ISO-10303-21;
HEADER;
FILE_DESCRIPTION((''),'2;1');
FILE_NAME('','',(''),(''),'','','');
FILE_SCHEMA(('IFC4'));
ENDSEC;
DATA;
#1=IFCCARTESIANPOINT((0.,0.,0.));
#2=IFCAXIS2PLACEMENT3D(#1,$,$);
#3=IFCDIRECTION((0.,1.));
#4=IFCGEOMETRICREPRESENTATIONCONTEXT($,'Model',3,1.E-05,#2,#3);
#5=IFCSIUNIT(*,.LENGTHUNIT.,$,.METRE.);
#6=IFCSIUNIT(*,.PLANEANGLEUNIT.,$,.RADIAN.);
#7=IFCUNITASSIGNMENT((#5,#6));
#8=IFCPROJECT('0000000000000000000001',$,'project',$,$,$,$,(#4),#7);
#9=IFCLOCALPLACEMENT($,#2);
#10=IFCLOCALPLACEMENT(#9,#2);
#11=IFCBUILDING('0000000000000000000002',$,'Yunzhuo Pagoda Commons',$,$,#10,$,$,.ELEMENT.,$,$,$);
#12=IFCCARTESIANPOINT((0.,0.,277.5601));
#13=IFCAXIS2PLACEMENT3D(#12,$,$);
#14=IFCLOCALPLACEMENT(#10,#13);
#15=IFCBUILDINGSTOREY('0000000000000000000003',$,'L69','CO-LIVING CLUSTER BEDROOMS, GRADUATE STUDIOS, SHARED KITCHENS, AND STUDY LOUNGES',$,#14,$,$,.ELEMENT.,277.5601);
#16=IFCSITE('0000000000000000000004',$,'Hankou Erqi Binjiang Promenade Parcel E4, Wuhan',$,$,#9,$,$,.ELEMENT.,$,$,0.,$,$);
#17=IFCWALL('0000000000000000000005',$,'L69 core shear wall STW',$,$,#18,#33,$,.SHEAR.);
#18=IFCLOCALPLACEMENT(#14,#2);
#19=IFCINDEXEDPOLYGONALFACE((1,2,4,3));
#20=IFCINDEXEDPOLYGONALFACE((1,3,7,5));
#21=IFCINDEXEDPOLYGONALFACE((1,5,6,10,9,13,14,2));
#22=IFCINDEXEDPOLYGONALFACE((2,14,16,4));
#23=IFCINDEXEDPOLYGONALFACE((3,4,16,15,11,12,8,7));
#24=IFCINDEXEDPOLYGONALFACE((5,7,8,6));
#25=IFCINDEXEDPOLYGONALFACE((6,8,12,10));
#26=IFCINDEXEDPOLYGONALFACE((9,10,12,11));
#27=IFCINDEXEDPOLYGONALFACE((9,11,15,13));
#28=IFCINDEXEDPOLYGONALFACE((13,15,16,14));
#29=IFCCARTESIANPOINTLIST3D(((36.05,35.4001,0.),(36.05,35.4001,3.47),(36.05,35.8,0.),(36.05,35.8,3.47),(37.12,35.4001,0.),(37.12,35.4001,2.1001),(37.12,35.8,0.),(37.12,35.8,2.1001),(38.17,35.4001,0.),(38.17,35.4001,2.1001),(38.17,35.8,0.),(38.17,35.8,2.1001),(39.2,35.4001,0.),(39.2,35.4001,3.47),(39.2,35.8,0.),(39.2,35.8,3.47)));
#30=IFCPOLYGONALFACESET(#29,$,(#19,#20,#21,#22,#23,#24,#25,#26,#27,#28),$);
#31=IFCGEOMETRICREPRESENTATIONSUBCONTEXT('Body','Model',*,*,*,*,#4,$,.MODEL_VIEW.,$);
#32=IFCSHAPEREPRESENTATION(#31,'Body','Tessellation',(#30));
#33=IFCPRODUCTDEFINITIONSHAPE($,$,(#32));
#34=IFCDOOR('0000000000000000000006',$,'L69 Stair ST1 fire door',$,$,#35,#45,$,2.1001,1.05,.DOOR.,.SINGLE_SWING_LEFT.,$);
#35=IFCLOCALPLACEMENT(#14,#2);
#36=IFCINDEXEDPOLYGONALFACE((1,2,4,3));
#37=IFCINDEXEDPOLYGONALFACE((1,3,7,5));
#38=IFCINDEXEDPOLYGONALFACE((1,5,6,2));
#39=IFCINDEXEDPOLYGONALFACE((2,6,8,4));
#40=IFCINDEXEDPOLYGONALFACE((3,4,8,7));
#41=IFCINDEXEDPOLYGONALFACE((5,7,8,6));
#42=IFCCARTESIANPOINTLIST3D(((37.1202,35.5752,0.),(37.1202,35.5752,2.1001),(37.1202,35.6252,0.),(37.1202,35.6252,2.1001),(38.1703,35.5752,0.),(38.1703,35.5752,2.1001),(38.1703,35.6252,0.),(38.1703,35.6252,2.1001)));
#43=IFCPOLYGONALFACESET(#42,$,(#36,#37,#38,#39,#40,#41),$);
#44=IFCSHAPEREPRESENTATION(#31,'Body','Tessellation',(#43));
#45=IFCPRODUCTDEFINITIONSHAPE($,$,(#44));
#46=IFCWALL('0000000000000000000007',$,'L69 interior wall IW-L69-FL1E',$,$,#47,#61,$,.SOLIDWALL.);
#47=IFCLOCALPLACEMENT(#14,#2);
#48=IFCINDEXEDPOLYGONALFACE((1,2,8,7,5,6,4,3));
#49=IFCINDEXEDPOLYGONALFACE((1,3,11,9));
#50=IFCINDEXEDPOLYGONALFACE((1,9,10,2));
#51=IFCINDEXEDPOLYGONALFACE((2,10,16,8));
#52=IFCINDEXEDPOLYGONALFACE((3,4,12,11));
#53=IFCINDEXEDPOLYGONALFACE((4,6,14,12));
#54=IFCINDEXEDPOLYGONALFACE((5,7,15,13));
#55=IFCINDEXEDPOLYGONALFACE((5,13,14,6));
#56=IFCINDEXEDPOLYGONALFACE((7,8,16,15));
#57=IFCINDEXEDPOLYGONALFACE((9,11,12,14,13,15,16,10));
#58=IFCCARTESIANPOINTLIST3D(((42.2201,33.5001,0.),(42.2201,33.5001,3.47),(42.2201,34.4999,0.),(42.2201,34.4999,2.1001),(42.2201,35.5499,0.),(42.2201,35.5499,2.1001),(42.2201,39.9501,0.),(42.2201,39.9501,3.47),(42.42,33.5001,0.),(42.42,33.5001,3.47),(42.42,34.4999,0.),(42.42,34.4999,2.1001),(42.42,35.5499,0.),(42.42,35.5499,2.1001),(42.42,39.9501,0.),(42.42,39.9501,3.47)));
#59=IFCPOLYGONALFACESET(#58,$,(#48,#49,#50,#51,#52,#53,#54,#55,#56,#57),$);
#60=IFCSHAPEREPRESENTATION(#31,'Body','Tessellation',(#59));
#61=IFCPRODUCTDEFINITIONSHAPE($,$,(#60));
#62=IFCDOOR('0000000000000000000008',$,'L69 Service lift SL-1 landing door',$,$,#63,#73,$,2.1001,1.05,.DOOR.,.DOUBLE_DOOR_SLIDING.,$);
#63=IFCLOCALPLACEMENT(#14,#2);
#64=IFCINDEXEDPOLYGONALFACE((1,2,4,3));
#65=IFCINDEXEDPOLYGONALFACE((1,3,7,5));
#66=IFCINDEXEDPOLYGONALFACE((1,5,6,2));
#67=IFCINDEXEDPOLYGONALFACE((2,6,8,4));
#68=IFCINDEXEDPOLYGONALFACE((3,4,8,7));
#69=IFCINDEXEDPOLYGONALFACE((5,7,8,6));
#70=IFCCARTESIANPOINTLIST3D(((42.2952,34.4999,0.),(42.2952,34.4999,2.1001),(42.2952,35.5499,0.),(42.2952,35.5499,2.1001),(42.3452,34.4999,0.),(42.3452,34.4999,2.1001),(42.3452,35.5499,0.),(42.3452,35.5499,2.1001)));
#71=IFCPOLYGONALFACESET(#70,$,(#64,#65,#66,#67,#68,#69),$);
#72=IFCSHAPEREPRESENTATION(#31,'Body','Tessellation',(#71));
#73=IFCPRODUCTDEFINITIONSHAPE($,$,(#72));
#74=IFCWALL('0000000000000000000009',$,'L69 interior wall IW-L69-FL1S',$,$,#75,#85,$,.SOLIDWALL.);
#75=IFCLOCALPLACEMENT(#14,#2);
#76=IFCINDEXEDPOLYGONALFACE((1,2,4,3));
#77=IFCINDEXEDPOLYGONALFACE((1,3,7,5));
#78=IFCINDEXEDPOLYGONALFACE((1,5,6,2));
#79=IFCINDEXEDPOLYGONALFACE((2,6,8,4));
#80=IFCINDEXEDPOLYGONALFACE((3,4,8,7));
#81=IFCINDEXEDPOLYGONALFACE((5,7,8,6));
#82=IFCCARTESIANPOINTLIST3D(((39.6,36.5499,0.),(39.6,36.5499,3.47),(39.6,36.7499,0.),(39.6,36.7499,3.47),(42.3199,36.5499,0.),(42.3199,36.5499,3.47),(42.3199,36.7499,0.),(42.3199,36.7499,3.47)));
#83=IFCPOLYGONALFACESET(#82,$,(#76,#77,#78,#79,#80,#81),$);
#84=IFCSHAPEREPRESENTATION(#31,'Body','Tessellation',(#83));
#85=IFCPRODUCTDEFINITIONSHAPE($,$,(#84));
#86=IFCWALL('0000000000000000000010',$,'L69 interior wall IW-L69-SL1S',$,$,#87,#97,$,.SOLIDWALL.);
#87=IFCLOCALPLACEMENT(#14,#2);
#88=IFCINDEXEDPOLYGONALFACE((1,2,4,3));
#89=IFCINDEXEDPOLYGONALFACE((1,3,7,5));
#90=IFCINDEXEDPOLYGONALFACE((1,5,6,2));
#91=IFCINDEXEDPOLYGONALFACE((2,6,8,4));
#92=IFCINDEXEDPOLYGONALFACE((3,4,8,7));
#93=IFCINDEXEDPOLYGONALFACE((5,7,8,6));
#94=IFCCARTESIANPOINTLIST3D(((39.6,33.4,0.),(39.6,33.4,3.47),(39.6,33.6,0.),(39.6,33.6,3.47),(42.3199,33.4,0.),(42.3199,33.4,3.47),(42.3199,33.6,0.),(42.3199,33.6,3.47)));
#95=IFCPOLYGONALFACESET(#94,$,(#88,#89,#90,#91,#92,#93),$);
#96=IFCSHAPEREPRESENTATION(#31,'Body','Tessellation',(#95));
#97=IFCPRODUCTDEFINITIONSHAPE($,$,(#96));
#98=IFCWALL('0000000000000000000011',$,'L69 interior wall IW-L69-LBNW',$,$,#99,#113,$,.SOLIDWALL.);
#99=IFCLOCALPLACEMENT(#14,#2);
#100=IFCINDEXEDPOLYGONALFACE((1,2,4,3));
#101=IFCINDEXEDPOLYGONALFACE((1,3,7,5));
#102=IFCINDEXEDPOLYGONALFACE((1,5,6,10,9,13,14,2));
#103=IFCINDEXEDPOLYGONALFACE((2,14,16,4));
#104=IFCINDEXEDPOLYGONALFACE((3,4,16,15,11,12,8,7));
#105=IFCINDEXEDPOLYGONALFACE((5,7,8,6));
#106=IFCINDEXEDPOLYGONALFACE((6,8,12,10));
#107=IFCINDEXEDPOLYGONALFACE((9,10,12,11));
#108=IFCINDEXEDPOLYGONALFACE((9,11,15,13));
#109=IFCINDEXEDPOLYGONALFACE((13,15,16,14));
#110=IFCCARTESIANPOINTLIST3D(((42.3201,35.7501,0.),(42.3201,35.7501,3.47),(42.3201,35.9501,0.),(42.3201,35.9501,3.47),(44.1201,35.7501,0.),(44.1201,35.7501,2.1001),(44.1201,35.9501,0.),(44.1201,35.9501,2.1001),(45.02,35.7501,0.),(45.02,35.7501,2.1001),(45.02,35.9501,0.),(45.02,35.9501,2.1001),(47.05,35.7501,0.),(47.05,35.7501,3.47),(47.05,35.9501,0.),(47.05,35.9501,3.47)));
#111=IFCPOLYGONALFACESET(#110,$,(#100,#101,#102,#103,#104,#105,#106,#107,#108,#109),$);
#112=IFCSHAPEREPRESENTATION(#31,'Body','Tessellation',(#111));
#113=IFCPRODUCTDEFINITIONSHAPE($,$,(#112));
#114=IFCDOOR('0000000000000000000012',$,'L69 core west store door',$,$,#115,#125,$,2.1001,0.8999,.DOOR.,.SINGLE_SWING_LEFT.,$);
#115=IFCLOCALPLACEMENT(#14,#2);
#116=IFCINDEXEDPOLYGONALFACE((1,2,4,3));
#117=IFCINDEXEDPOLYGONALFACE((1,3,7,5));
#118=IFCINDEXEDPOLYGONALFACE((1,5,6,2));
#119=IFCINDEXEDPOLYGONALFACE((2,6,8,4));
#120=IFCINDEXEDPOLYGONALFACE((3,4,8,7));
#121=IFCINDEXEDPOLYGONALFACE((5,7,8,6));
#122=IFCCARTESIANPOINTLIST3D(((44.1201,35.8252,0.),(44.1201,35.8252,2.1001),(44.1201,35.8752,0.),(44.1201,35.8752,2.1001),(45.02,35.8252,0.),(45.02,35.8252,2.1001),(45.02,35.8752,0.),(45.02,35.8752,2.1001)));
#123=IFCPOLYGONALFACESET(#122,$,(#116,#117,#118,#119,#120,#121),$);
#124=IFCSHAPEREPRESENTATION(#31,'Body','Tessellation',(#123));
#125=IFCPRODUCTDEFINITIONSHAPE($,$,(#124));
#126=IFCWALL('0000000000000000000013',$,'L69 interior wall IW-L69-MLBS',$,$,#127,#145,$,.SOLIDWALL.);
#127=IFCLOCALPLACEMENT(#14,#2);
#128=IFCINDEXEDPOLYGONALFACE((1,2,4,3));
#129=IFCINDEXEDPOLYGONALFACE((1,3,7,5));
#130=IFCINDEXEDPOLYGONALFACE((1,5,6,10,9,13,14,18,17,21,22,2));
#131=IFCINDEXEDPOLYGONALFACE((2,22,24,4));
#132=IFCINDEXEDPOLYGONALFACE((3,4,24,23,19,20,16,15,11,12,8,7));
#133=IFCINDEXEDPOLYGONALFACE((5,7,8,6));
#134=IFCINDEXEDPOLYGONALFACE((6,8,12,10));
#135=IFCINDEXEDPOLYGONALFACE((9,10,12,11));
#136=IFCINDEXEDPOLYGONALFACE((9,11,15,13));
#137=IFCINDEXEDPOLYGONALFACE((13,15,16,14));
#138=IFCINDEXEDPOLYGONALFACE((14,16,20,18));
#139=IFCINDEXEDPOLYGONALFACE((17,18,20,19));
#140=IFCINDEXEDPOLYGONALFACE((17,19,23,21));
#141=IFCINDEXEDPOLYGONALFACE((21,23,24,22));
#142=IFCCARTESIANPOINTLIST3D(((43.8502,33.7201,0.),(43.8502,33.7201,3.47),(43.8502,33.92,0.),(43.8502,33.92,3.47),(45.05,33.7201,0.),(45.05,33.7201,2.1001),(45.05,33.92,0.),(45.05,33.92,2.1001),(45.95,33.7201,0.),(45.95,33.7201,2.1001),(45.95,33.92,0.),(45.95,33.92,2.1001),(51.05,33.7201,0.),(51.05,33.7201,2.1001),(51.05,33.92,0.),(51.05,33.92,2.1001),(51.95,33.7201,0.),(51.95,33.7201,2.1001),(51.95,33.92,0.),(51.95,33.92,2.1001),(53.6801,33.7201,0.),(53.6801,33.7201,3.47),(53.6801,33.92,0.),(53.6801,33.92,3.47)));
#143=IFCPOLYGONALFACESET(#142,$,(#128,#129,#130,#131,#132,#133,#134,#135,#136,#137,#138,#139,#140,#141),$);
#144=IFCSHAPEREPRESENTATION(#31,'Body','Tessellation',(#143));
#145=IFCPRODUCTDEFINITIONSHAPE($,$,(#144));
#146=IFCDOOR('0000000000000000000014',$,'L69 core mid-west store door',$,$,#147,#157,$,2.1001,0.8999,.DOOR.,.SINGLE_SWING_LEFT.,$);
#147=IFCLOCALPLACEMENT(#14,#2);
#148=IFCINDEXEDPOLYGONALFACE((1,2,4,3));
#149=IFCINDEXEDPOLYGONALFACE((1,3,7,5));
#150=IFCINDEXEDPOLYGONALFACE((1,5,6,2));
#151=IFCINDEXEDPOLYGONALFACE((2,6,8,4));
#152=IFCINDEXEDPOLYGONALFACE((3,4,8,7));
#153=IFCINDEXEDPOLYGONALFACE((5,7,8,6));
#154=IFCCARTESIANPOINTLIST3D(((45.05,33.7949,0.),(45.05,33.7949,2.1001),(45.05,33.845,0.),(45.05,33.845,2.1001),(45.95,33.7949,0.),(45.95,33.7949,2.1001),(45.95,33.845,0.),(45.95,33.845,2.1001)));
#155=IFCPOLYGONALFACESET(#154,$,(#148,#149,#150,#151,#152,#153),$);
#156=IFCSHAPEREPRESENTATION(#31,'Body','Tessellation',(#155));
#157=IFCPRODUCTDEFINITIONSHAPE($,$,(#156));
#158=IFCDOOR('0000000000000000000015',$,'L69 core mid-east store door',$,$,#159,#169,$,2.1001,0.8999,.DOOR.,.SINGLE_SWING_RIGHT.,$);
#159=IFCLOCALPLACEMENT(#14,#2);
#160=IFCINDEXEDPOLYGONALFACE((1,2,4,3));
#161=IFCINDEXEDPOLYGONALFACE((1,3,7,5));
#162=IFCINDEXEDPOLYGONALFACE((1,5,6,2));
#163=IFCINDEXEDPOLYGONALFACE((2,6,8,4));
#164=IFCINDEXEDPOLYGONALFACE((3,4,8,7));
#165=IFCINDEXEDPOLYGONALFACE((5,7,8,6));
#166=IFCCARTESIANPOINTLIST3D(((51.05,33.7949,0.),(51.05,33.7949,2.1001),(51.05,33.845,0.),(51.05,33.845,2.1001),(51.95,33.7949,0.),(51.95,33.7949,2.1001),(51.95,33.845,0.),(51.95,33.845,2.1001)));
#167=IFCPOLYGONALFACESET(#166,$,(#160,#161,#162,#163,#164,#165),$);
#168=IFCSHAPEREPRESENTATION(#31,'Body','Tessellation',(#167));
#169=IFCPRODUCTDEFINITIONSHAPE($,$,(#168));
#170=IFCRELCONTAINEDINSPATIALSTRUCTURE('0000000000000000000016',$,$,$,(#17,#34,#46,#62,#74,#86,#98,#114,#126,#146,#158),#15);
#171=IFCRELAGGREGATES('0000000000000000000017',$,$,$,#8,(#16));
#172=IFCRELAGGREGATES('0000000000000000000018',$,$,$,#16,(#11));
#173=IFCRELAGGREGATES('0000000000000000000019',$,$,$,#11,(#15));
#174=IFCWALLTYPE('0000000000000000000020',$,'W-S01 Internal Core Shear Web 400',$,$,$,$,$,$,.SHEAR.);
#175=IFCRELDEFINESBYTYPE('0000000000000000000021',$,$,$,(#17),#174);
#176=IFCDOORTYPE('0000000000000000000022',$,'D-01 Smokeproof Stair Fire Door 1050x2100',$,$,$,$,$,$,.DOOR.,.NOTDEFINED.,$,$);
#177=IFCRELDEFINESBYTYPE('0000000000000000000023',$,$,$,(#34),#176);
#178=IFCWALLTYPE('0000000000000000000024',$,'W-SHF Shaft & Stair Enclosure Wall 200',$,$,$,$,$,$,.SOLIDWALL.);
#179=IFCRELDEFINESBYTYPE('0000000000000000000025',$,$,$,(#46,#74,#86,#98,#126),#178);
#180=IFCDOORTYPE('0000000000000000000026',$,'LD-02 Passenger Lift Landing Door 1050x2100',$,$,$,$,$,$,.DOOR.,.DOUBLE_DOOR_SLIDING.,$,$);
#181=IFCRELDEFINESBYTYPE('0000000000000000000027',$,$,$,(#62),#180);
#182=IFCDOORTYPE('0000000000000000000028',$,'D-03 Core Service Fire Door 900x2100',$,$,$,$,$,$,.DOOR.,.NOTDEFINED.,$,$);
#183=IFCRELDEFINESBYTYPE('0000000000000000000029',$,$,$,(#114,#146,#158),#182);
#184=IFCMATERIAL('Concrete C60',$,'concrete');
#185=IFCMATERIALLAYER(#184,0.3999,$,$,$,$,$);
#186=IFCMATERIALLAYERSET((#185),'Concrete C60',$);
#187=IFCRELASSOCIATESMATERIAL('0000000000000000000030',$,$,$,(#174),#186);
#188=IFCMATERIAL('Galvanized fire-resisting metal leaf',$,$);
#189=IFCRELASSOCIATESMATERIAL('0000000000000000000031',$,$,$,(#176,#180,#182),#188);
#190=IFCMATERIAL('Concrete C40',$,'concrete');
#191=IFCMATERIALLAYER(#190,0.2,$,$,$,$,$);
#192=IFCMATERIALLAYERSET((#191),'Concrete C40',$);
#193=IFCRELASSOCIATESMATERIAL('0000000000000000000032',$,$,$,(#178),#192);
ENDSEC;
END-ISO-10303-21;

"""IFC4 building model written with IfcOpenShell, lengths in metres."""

from ifc_helpers import new_model, si_unit, direction, frame, frame_2d, origin, origin_with_axes, place, context, subcontext, project, spatial, rectangle, extrude, source, transform, mapped, material, layer, layer_set, type_object, element, fill, save


model = new_model("IFC4")

# Units and contexts
model_context = context("Model", 3, precision=1e-05, world=origin(), true_north=direction((0.0, 1.0)))
body_context = subcontext(model_context, "Body", "Model", "MODEL_VIEW")
ifc_project = project(units=[si_unit("LENGTHUNIT", "METRE"), si_unit("PLANEANGLEUNIT", "RADIAN")], contexts=[model_context])

# Site, building, storey
site_placement = place(None, origin())
site = spatial("IfcSite", under=ifc_project, at=site_placement, Name="Hankou Erqi Binjiang Promenade Parcel E4, Wuhan", CompositionType="ELEMENT", RefElevation=0.0)
building_placement = place(site_placement, origin())
building = spatial("IfcBuilding", under=site, at=building_placement, Name="Yunzhuo Pagoda Commons", CompositionType="ELEMENT")
storey_placement = place(building_placement, frame((0.0, 0.0, 277.5601)))
storey = spatial("IfcBuildingStorey", under=building, at=storey_placement, Name="L69", Description="CO-LIVING CLUSTER BEDROOMS, GRADUATE STUDIOS, SHARED KITCHENS, AND STUDY LOUNGES", CompositionType="ELEMENT", Elevation=277.5601)

# Shared definitions
ifc_material_1 = material(Name="Galvanized fire-resisting metal leaf")

# Walls, openings, doors
ifc_material_2 = material(Name="Concrete C60", Category="concrete")
ifc_layer_1 = layer(ifc_material_2, 0.3999)
ifc_layer_set_1 = layer_set([ifc_layer_1], Name="Concrete C60")
wall_type_1 = type_object("IfcWallType", Name="W-S01 Internal Core Shear Web 400", PredefinedType="SHEAR", material=ifc_layer_set_1)
wall_1_placement = place(storey_placement, frame((36.05, 35.6001, 0.0), z_axis=(0.0, 0.0, 1.0), x_axis=(1.0, 0.0, 0.0)))
wall_1 = element("IfcWall", 1, at=wall_1_placement, inside=storey, type_object=wall_type_1, Name="L69 core shear wall STW", PredefinedType="SHEAR", context=body_context, shape_type="SweptSolid", body=[
    extrude(rectangle(XDim=3.1499, YDim=0.3999, at=frame_2d((1.575, 0.0))), origin(), (0.0, 0.0, 1.0), 3.47),
])
opening_1_placement = place(wall_1_placement, frame((1.0701, 0.0, 0.0)))
opening_1 = element("IfcOpeningElement", 2, at=opening_1_placement, cuts=wall_1, PredefinedType="OPENING", context=body_context, shape_type="SweptSolid", body=[
    extrude(rectangle(XDim=1.05, YDim=2.1001, at=frame_2d((0.5249, 1.05))), frame((0.0, 0.21, 0.0), z_axis=(0.0, -1.0, 0.0), x_axis=(1.0, 0.0, 0.0)), (0.0, 0.0, 1.0), 0.4199),
])
door_type_1 = type_object("IfcDoorType", Name="D-01 Smokeproof Stair Fire Door 1050x2100", OperationType="NOTDEFINED", PredefinedType="DOOR", material=ifc_material_1)
shared_shape_1 = source(origin(), body_context, "Body", "SweptSolid", [
    extrude(rectangle(XDim=1.05, YDim=2.1001, at=frame_2d((0.5249, 1.05))), frame((0.0, 0.0249, 0.0), z_axis=(0.0, -1.0, 0.0), x_axis=(1.0, 0.0, 0.0)), (0.0, 0.0, 1.0), 0.05),
])
door_1_placement = place(opening_1_placement, frame((1.05, 0.0, 0.0), z_axis=(0.0, 0.0, 1.0), x_axis=(-1.0, 0.0, 0.0)))
door_1 = element("IfcDoor", 3, at=door_1_placement, inside=storey, type_object=door_type_1, Name="L69 Stair ST1 fire door", OperationType="SINGLE_SWING_LEFT", OverallHeight=2.1001, OverallWidth=1.05, PredefinedType="DOOR", context=body_context, shape_type="MappedRepresentation", body=[
    mapped(shared_shape_1, transform((0.0, 0.0, 0.0), scale=1.0)),
])
fill(opening_1, door_1)
ifc_material_3 = material(Name="Concrete C40", Category="concrete")
ifc_layer_2 = layer(ifc_material_3, 0.2)
ifc_layer_set_2 = layer_set([ifc_layer_2], Name="Concrete C40")
wall_type_2 = type_object("IfcWallType", Name="W-SHF Shaft & Stair Enclosure Wall 200", PredefinedType="SOLIDWALL", material=ifc_layer_set_2)
wall_2_placement = place(storey_placement, frame((42.3201, 33.5, 0.0), z_axis=(0.0, 0.0, 1.0), x_axis=(0.0, 1.0, 0.0)))
wall_2 = element("IfcWall", 4, at=wall_2_placement, inside=storey, type_object=wall_type_2, Name="L69 interior wall IW-L69-FL1E", PredefinedType="SOLIDWALL", context=body_context, shape_type="SweptSolid", body=[
    extrude(rectangle(XDim=6.45, YDim=0.2, at=frame_2d((3.2251, 0.0))), origin(), (0.0, 0.0, 1.0), 3.47),
])
opening_2_placement = place(wall_2_placement, frame((1.0, 0.0, 0.0)))
opening_2 = element("IfcOpeningElement", 5, at=opening_2_placement, cuts=wall_2, PredefinedType="OPENING", context=body_context, shape_type="SweptSolid", body=[
    extrude(rectangle(XDim=1.05, YDim=2.1001, at=frame_2d((0.5249, 1.05))), frame((0.0, 0.1099, 0.0), z_axis=(0.0, -1.0, 0.0), x_axis=(1.0, 0.0, 0.0)), (0.0, 0.0, 1.0), 0.22),
])
door_type_2 = type_object("IfcDoorType", Name="LD-02 Passenger Lift Landing Door 1050x2100", OperationType="DOUBLE_DOOR_SLIDING", PredefinedType="DOOR", material=ifc_material_1)
door_2_placement = place(opening_2_placement, origin_with_axes())
door_2 = element("IfcDoor", 6, at=door_2_placement, inside=storey, type_object=door_type_2, Name="L69 Service lift SL-1 landing door", OperationType="DOUBLE_DOOR_SLIDING", OverallHeight=2.1001, OverallWidth=1.05, PredefinedType="DOOR", context=body_context, shape_type="MappedRepresentation", body=[
    mapped(shared_shape_1, transform((0.0, 0.0, 0.0), scale=1.0)),
])
fill(opening_2, door_2)

# Walls
for number, where, z_axis, x_axis, name in (
    (7, (39.6001, 36.6499, 0.0), (0.0, 0.0, 1.0), (1.0, 0.0, 0.0), "L69 interior wall IW-L69-FL1S"),
    (8, (39.6001, 33.5, 0.0), (0.0, 0.0, 1.0), (1.0, 0.0, 0.0), "L69 interior wall IW-L69-SL1S"),
):
    element("IfcWall", number, at=place(storey_placement, frame(where, z_axis=z_axis, x_axis=x_axis)), inside=storey, type_object=wall_type_2, Name=name, PredefinedType="SOLIDWALL", context=body_context, shape_type="SweptSolid", body=[
        extrude(rectangle(XDim=2.72, YDim=0.2, at=frame_2d((1.3599, 0.0))), origin(), (0.0, 0.0, 1.0), 3.47),
    ])

# Wall, opening, door
wall_3_placement = place(storey_placement, frame((42.3201, 35.8501, 0.0), z_axis=(0.0, 0.0, 1.0), x_axis=(1.0, 0.0, 0.0)))
wall_3 = element("IfcWall", 9, at=wall_3_placement, inside=storey, type_object=wall_type_2, Name="L69 interior wall IW-L69-LBNW", PredefinedType="SOLIDWALL", context=body_context, shape_type="SweptSolid", body=[
    extrude(rectangle(XDim=4.73, YDim=0.2, at=frame_2d((2.365, 0.0))), origin(), (0.0, 0.0, 1.0), 3.47),
])
opening_3_placement = place(wall_3_placement, frame((1.8, 0.0, 0.0)))
opening_3 = element("IfcOpeningElement", 10, at=opening_3_placement, cuts=wall_3, PredefinedType="OPENING", context=body_context, shape_type="SweptSolid", body=[
    extrude(rectangle(XDim=0.8999, YDim=2.1001, at=frame_2d((0.45, 1.05))), frame((0.0, 0.1099, 0.0), z_axis=(0.0, -1.0, 0.0), x_axis=(1.0, 0.0, 0.0)), (0.0, 0.0, 1.0), 0.22),
])
door_type_3 = type_object("IfcDoorType", Name="D-03 Core Service Fire Door 900x2100", OperationType="NOTDEFINED", PredefinedType="DOOR", material=ifc_material_1)
shared_shape_2 = source(origin(), body_context, "Body", "SweptSolid", [
    extrude(rectangle(XDim=0.8999, YDim=2.1001, at=frame_2d((0.45, 1.05))), frame((0.0, 0.0249, 0.0), z_axis=(0.0, -1.0, 0.0), x_axis=(1.0, 0.0, 0.0)), (0.0, 0.0, 1.0), 0.05),
])
door_3_placement = place(opening_3_placement, frame((0.8999, 0.0, 0.0), z_axis=(0.0, 0.0, 1.0), x_axis=(-1.0, 0.0, 0.0)))
door_3 = element("IfcDoor", 11, at=door_3_placement, inside=storey, type_object=door_type_3, Name="L69 core west store door", OperationType="SINGLE_SWING_LEFT", OverallHeight=2.1001, OverallWidth=0.8999, PredefinedType="DOOR", context=body_context, shape_type="MappedRepresentation", body=[
    mapped(shared_shape_2, transform((0.0, 0.0, 0.0), scale=1.0)),
])
fill(opening_3, door_3)

# Wall, openings, doors
wall_4_placement = place(storey_placement, frame((43.8501, 33.8201, 0.0), z_axis=(0.0, 0.0, 1.0), x_axis=(1.0, 0.0, 0.0)))
wall_4 = element("IfcWall", 12, at=wall_4_placement, inside=storey, type_object=wall_type_2, Name="L69 interior wall IW-L69-MLBS", PredefinedType="SOLIDWALL", context=body_context, shape_type="SweptSolid", body=[
    extrude(rectangle(XDim=9.8298, YDim=0.2, at=frame_2d((4.915, 0.0))), origin(), (0.0, 0.0, 1.0), 3.47),
])
opening_4_placement = place(wall_4_placement, frame((1.2, 0.0, 0.0)))
opening_4 = element("IfcOpeningElement", 13, at=opening_4_placement, cuts=wall_4, PredefinedType="OPENING", context=body_context, shape_type="SweptSolid", body=[
    extrude(rectangle(XDim=0.8999, YDim=2.1001, at=frame_2d((0.45, 1.05))), frame((0.0, 0.1099, 0.0), z_axis=(0.0, -1.0, 0.0), x_axis=(1.0, 0.0, 0.0)), (0.0, 0.0, 1.0), 0.22),
])
opening_5_placement = place(wall_4_placement, frame((7.2, 0.0, 0.0)))
opening_5 = element("IfcOpeningElement", 14, at=opening_5_placement, cuts=wall_4, PredefinedType="OPENING", context=body_context, shape_type="SweptSolid", body=[
    extrude(rectangle(XDim=0.8999, YDim=2.1001, at=frame_2d((0.45, 1.05))), frame((0.0, 0.1099, 0.0), z_axis=(0.0, -1.0, 0.0), x_axis=(1.0, 0.0, 0.0)), (0.0, 0.0, 1.0), 0.22),
])
door_4_placement = place(opening_4_placement, origin_with_axes())
door_4 = element("IfcDoor", 15, at=door_4_placement, inside=storey, type_object=door_type_3, Name="L69 core mid-west store door", OperationType="SINGLE_SWING_LEFT", OverallHeight=2.1001, OverallWidth=0.8999, PredefinedType="DOOR", context=body_context, shape_type="MappedRepresentation", body=[
    mapped(shared_shape_2, transform((0.0, 0.0, 0.0), scale=1.0)),
])
fill(opening_4, door_4)
door_5_placement = place(opening_5_placement, origin_with_axes())
door_5 = element("IfcDoor", 16, at=door_5_placement, inside=storey, type_object=door_type_3, Name="L69 core mid-east store door", OperationType="SINGLE_SWING_RIGHT", OverallHeight=2.1001, OverallWidth=0.8999, PredefinedType="DOOR", context=body_context, shape_type="MappedRepresentation", body=[
    mapped(shared_shape_2, transform((0.0, 0.0, 0.0), scale=1.0)),
])
fill(opening_5, door_5)

save(model, "model.ifc")
